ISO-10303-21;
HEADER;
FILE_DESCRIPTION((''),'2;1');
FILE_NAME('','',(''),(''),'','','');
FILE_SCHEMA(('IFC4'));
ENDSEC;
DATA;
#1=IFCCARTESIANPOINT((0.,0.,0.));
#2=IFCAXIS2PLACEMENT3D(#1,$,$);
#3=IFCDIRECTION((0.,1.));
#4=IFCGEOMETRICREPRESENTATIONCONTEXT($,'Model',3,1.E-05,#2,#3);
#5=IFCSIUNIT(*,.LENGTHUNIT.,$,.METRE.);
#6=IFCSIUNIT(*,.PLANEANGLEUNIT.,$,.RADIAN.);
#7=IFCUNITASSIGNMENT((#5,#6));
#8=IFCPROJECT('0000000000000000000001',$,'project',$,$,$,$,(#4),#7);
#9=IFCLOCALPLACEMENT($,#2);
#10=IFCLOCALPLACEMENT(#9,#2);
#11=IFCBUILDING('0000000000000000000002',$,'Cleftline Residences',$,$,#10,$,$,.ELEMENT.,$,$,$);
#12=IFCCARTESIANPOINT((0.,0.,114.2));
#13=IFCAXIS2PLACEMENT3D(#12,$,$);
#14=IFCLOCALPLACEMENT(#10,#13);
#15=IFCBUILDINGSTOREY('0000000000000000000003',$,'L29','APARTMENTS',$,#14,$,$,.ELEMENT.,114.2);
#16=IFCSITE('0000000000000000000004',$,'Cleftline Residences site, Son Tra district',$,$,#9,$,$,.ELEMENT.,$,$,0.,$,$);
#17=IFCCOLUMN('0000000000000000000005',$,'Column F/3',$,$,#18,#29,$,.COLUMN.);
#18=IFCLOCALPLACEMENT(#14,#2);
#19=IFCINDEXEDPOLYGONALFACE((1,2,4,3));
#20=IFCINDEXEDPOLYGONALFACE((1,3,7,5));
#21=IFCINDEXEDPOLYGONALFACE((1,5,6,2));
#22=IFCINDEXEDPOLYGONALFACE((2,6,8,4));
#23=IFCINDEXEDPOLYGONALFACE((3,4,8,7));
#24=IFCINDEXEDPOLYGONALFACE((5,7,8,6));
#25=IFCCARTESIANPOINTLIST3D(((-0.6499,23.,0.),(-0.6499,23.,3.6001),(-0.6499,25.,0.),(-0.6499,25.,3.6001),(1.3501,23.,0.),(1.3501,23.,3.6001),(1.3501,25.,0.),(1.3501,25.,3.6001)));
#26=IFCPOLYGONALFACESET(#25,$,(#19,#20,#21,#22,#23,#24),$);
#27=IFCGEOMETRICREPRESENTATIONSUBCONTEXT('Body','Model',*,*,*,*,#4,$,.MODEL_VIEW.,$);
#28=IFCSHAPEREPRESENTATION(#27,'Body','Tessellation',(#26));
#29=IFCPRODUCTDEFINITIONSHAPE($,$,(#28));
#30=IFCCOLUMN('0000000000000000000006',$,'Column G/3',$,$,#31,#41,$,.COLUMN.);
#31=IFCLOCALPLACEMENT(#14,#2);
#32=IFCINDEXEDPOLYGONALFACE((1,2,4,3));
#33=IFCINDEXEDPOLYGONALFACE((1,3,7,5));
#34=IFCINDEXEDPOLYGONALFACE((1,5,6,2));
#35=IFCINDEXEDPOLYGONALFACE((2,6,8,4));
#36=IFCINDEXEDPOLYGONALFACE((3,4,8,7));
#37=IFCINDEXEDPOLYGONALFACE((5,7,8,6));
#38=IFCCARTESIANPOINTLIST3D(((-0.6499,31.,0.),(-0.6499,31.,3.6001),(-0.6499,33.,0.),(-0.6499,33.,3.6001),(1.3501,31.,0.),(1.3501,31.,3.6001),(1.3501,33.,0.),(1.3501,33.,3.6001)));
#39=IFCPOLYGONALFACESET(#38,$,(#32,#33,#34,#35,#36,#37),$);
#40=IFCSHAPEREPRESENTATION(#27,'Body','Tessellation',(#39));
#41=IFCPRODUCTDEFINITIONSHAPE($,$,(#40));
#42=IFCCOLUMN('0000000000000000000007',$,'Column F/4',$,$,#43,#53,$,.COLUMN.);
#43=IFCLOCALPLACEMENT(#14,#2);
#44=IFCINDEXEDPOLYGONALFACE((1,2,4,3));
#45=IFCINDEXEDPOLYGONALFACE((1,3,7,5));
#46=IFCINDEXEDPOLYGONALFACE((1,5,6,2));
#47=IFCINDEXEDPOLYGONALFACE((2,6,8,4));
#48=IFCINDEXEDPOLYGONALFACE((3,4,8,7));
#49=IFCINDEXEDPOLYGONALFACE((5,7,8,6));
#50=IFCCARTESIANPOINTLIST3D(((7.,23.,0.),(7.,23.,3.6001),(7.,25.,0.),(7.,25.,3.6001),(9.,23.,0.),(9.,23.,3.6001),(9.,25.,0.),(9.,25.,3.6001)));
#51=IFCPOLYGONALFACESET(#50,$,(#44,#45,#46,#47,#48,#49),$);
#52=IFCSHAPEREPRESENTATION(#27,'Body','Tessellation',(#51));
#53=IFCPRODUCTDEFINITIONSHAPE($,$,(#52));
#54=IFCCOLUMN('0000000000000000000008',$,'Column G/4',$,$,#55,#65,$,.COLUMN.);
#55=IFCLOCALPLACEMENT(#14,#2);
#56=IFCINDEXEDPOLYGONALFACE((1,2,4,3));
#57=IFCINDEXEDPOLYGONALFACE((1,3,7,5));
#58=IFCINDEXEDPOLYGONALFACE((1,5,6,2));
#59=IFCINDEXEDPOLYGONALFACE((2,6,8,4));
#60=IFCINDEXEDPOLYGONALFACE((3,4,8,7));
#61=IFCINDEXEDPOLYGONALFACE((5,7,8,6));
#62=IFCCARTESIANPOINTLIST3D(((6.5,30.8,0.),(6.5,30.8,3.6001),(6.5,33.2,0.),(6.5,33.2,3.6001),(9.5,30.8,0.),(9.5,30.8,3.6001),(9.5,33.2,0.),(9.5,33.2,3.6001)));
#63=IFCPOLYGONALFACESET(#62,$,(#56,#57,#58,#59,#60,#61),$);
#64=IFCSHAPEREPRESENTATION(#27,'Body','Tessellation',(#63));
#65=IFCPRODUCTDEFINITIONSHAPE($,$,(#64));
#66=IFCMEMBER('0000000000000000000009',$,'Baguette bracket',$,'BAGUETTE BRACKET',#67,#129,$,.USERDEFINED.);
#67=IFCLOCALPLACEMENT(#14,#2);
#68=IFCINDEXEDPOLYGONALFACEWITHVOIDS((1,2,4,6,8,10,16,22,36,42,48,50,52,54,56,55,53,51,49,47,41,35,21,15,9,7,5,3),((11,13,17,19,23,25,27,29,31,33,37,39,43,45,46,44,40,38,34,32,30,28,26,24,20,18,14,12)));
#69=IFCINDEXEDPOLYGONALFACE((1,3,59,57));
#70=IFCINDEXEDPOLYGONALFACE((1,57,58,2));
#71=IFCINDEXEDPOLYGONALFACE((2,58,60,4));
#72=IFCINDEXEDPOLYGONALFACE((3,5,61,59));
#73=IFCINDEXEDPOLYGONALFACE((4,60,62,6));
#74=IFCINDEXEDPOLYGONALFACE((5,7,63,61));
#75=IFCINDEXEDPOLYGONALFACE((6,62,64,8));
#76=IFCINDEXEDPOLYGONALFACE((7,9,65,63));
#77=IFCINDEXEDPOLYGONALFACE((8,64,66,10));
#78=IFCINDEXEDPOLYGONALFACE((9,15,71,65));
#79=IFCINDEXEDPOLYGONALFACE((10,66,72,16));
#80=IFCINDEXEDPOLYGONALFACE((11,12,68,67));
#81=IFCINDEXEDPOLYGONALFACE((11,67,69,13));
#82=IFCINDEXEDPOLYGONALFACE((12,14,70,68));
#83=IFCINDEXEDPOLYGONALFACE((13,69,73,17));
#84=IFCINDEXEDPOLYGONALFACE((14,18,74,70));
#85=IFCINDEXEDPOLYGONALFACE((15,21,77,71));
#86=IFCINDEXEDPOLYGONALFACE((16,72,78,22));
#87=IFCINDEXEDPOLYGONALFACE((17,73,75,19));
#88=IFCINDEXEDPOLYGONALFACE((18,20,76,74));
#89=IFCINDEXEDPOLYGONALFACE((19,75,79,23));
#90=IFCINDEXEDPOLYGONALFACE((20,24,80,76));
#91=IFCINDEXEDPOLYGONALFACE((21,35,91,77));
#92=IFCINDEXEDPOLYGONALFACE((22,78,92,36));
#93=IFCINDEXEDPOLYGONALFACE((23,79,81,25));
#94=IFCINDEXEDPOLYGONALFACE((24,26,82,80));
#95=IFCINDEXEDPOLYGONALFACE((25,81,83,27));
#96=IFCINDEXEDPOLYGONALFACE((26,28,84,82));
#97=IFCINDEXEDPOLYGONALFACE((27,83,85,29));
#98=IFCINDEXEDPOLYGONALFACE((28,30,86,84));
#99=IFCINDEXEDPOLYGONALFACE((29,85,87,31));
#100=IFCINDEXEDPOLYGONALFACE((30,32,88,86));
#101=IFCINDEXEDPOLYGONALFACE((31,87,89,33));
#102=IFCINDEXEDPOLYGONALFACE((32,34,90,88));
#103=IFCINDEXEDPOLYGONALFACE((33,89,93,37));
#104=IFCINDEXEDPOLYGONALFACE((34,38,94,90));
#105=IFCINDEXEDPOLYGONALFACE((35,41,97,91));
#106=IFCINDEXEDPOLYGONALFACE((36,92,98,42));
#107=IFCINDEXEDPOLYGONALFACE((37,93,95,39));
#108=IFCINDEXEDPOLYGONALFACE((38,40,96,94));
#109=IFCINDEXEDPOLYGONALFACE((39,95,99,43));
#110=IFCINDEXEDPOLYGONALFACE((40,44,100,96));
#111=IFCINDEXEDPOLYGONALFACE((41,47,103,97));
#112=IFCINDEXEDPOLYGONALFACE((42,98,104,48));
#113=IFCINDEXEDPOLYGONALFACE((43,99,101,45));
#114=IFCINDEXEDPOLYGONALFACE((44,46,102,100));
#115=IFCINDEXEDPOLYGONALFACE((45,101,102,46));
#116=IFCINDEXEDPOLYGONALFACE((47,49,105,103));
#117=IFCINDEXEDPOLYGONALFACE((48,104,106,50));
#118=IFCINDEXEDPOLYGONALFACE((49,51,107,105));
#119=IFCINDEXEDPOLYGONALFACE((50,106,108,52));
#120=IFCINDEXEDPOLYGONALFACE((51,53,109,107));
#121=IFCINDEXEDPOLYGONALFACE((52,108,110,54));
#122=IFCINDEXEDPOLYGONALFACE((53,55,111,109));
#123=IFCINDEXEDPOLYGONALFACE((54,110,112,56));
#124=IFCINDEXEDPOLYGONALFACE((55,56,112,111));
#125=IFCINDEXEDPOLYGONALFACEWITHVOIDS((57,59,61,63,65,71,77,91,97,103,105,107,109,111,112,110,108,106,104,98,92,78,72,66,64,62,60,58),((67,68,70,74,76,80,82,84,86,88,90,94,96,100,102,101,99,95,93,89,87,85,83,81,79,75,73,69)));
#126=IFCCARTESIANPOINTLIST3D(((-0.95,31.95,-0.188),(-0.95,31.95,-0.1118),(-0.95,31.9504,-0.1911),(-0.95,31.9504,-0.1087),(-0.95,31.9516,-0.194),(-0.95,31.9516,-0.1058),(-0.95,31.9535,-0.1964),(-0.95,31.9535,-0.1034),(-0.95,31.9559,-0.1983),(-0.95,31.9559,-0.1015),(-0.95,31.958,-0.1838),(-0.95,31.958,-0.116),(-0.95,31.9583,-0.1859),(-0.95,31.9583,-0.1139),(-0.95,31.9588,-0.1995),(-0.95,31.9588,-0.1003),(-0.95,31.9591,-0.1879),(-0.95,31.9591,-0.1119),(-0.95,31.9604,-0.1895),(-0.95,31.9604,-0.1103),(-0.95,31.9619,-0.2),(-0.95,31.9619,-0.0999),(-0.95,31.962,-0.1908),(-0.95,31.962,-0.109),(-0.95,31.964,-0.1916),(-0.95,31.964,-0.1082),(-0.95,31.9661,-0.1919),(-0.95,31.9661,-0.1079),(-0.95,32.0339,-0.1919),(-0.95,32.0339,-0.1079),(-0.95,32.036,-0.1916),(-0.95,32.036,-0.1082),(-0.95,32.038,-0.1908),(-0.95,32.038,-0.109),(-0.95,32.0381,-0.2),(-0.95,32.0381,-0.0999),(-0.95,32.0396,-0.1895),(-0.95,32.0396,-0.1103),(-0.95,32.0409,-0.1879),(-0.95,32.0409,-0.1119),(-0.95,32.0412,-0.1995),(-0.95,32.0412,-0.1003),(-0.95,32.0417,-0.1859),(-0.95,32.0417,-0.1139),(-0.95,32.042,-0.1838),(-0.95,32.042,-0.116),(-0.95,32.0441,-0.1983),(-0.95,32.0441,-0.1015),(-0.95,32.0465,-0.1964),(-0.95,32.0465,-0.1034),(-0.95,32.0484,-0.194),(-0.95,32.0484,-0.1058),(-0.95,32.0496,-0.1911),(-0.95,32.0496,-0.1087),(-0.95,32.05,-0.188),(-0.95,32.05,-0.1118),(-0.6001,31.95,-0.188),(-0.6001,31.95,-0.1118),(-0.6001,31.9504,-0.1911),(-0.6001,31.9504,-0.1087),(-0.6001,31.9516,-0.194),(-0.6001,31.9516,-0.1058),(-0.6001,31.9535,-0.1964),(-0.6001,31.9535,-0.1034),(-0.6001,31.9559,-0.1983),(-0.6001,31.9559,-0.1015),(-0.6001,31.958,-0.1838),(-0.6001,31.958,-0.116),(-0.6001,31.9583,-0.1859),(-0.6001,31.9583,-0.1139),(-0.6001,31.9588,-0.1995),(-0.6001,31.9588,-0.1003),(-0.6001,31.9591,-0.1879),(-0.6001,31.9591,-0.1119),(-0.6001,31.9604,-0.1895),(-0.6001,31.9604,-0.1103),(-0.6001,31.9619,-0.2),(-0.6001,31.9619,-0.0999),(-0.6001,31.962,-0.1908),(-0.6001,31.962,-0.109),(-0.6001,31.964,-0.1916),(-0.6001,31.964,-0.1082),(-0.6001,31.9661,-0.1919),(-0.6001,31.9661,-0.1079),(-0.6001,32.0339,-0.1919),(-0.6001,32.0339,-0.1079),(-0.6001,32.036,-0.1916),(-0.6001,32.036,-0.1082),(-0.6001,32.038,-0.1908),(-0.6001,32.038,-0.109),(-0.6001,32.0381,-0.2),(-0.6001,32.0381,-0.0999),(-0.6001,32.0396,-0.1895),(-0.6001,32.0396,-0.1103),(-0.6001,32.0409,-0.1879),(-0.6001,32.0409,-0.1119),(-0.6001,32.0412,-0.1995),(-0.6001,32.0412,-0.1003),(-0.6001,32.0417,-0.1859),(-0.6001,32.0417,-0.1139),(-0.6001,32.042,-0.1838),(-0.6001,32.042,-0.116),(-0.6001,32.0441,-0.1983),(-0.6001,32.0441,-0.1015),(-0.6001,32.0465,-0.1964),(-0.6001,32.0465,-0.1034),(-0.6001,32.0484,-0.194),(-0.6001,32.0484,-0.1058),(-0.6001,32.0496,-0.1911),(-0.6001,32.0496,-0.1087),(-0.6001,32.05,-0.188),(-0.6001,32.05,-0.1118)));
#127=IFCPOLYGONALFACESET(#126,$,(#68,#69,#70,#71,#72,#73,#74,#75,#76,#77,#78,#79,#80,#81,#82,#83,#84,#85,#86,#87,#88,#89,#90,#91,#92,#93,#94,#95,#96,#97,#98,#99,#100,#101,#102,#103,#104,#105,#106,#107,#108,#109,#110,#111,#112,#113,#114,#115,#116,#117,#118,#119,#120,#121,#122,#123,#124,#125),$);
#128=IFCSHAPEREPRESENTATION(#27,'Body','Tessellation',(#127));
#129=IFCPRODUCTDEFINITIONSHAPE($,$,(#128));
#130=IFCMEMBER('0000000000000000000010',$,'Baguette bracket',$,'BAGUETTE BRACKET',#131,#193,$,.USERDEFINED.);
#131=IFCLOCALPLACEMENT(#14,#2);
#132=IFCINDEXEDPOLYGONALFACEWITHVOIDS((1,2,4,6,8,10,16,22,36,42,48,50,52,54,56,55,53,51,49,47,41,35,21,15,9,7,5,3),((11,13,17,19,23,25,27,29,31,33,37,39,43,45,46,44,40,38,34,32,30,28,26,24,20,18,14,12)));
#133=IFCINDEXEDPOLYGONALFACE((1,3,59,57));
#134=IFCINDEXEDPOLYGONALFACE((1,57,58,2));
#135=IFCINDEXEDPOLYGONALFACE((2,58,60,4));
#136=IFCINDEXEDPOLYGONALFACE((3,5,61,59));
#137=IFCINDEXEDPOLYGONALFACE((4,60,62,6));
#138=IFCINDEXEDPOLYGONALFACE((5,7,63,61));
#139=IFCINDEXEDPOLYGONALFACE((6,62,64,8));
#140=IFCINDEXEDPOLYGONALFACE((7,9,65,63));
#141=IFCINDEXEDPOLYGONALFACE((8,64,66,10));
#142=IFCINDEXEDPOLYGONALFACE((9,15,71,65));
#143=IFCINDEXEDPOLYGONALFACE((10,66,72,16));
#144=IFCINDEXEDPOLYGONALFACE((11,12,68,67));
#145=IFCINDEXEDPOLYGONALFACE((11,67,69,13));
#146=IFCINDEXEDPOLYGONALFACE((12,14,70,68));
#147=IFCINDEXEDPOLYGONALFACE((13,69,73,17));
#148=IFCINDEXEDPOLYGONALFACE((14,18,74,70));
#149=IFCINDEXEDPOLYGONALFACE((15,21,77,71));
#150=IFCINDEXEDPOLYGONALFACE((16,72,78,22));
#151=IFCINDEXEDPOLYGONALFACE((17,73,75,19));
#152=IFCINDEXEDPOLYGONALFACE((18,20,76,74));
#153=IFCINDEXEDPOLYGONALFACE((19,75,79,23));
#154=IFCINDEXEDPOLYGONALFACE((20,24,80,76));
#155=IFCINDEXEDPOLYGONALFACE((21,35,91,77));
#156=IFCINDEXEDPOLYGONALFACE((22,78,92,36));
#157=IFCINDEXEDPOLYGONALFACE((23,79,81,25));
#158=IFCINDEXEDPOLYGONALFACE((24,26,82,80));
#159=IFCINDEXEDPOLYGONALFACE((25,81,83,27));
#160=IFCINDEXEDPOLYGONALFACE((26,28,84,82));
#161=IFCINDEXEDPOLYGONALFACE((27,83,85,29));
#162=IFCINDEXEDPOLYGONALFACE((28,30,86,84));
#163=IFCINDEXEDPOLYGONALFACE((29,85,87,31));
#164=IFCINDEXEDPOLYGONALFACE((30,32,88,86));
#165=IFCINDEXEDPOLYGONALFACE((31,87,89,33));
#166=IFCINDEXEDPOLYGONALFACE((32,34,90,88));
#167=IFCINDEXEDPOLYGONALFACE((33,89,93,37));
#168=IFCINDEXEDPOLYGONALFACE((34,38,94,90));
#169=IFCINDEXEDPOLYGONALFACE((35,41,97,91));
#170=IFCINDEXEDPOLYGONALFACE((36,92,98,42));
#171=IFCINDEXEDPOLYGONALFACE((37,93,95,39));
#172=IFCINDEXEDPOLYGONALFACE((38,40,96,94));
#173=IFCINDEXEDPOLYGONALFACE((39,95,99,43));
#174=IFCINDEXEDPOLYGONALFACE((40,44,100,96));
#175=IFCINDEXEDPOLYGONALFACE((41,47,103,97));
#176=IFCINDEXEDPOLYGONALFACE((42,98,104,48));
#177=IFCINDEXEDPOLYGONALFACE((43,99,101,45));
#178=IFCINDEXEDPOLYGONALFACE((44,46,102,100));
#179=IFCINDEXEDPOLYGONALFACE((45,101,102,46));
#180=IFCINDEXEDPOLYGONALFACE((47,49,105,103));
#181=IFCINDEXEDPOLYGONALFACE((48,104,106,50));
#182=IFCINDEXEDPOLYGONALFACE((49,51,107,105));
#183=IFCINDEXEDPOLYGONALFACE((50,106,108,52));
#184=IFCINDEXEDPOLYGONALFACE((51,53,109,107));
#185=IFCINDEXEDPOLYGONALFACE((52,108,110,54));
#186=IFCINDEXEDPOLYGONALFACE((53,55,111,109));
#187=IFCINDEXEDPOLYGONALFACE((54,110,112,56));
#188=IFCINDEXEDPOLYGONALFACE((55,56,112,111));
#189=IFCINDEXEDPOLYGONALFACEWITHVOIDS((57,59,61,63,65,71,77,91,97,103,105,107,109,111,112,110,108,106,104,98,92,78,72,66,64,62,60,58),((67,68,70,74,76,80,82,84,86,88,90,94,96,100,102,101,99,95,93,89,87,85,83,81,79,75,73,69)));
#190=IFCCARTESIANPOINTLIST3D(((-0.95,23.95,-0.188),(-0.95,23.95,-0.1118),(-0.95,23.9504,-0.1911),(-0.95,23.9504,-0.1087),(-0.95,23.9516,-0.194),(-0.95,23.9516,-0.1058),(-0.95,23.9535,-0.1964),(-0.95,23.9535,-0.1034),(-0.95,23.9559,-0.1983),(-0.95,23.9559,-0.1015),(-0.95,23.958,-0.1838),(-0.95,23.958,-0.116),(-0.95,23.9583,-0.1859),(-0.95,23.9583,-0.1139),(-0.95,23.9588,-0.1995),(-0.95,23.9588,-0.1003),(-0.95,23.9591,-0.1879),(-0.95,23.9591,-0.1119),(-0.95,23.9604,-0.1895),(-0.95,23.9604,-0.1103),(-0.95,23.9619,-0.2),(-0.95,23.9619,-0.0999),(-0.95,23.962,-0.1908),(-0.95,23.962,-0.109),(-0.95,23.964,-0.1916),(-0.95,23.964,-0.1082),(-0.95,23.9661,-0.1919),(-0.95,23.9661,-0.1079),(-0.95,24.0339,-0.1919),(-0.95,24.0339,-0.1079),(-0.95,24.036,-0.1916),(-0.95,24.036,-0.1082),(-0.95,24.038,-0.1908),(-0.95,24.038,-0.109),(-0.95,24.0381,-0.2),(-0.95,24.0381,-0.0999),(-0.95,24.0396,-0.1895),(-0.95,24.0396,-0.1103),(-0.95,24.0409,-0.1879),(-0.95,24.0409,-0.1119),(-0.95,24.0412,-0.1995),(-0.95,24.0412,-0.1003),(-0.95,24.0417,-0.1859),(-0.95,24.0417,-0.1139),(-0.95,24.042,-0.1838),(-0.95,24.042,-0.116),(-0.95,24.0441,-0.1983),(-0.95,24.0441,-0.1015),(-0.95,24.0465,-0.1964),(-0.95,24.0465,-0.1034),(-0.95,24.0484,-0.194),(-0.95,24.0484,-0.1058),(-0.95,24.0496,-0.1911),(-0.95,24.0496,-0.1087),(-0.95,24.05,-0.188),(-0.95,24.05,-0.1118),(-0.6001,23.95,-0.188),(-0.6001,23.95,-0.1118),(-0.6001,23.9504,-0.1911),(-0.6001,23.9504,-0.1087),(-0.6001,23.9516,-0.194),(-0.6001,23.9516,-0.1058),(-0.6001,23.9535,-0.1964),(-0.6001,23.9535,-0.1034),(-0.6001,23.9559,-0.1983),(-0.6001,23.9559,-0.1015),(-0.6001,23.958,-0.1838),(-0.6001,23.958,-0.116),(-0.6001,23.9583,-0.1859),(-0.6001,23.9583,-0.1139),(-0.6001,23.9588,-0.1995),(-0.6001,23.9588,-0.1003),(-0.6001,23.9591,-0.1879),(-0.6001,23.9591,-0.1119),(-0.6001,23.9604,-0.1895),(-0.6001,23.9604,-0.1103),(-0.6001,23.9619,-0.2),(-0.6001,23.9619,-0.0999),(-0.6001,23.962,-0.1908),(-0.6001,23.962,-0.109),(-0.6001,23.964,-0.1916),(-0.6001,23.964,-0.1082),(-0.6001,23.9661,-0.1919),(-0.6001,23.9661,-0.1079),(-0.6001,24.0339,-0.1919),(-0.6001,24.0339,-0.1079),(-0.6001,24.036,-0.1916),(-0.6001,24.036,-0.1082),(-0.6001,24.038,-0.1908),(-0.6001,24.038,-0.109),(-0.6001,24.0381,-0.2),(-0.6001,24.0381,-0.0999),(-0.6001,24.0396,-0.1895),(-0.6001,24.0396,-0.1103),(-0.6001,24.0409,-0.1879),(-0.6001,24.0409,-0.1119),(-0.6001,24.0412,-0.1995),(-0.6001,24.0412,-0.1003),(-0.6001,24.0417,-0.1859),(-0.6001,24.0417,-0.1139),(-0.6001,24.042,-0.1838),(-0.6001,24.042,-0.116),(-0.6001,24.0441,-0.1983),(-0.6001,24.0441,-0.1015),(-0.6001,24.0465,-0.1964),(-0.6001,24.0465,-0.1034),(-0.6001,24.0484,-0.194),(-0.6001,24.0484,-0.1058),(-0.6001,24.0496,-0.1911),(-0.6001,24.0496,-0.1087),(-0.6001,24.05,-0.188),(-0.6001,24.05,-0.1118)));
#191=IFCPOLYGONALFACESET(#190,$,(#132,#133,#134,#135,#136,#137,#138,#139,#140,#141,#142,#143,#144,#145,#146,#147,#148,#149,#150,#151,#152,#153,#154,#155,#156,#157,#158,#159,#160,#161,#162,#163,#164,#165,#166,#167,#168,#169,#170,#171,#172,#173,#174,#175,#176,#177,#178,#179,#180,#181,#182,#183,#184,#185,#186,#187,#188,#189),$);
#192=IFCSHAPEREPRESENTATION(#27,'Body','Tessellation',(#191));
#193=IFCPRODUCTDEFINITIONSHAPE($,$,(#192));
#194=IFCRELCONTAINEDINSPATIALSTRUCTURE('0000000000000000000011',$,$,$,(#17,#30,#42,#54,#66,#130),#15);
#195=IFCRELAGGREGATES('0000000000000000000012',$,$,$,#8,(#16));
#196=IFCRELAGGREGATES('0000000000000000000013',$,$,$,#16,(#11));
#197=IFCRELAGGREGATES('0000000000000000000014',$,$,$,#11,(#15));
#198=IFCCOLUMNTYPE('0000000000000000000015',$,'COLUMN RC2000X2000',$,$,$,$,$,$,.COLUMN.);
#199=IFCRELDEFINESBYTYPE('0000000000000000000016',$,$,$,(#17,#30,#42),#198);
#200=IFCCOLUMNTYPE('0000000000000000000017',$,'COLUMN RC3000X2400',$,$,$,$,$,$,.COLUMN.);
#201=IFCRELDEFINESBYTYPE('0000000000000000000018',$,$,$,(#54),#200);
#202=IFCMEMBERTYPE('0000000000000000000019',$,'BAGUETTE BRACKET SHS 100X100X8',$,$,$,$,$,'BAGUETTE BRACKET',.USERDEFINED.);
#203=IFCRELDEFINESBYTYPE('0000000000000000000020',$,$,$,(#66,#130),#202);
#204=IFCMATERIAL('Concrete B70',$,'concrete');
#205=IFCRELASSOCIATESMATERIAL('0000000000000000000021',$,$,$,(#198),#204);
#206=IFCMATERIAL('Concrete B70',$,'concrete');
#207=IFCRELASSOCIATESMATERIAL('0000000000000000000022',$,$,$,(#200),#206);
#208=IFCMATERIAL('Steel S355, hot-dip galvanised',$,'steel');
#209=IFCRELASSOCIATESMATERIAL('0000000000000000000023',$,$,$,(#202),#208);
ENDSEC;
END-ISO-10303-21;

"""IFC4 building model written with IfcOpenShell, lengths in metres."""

from ifc_helpers import new_model, si_unit, direction, frame, origin, origin_2d, place, context, subcontext, project, spatial, rectangle, hollow_rectangle, extrude, material, material_profile, profile_set, type_object, element, save


model = new_model("IFC4")

# Units and contexts
model_context = context("Model", 3, precision=1e-05, world=origin(), true_north=direction((0.0, 1.0)))
body_context = subcontext(model_context, "Body", "Model", "MODEL_VIEW")
ifc_project = project(units=[si_unit("LENGTHUNIT", "METRE"), si_unit("PLANEANGLEUNIT", "RADIAN")], contexts=[model_context])

# Site, building, storey
site_placement = place(None, origin())
site = spatial("IfcSite", under=ifc_project, at=site_placement, Name="Cleftline Residences site, Son Tra district", CompositionType="ELEMENT", RefElevation=0.0)
building_placement = place(site_placement, origin())
building = spatial("IfcBuilding", under=site, at=building_placement, Name="Cleftline Residences", CompositionType="ELEMENT")
storey_placement = place(building_placement, frame((0.0, 0.0, 114.2)))
storey = spatial("IfcBuildingStorey", under=building, at=storey_placement, Name="L29", Description="APARTMENTS", CompositionType="ELEMENT", Elevation=114.2)

# Columns
ifc_material_1 = material(Name="Concrete B70", Category="concrete")
ifc_material_profile_1 = material_profile(ifc_material_1, rectangle(XDim=2.0, YDim=2.0, at=origin_2d()))
ifc_profile_set_1 = profile_set([ifc_material_profile_1], Name="Concrete B70")
column_type_1 = type_object("IfcColumnType", Name="COLUMN RC2000X2000", PredefinedType="COLUMN", material=ifc_profile_set_1)
for number, where, z_axis, x_axis, name in (
    (1, (0.3501, 24.0, 0.0), (0.0, 0.0, 1.0), (1.0, 0.0, 0.0), "Column F/3"),
    (2, (0.3501, 32.0, 0.0), (0.0, 0.0, 1.0), (1.0, 0.0, 0.0), "Column G/3"),
    (3, (8.0, 24.0, 0.0), (0.0, 0.0, 1.0), (1.0, 0.0, 0.0), "Column F/4"),
):
    element("IfcColumn", number, at=place(storey_placement, frame(where, z_axis=z_axis, x_axis=x_axis)), inside=storey, type_object=column_type_1, Name=name, PredefinedType="COLUMN", context=body_context, shape_type="SweptSolid", body=[
        extrude(rectangle(XDim=2.0, YDim=2.0, at=origin_2d()), origin(), (0.0, 0.0, 1.0), 3.6001),
    ])
ifc_material_2 = material(Name="Concrete B70", Category="concrete")
ifc_material_profile_2 = material_profile(ifc_material_2, rectangle(XDim=3.0, YDim=2.3999, at=origin_2d()))
ifc_profile_set_2 = profile_set([ifc_material_profile_2], Name="Concrete B70")
column_type_2 = type_object("IfcColumnType", Name="COLUMN RC3000X2400", PredefinedType="COLUMN", material=ifc_profile_set_2)
column_placement = place(storey_placement, frame((8.0, 32.0, 0.0), z_axis=(0.0, 0.0, 1.0), x_axis=(1.0, 0.0, 0.0)))
element("IfcColumn", 4, at=column_placement, inside=storey, type_object=column_type_2, Name="Column G/4", PredefinedType="COLUMN", context=body_context, shape_type="SweptSolid", body=[
    extrude(rectangle(XDim=3.0, YDim=2.3999, at=origin_2d()), origin(), (0.0, 0.0, 1.0), 3.6001),
])

# Members
ifc_material_3 = material(Name="Steel S355, hot-dip galvanised", Category="steel")
ifc_material_profile_3 = material_profile(ifc_material_3, hollow_rectangle(XDim=0.1001, YDim=0.1001, WallThickness=0.0081, InnerFilletRadius=0.0081, OuterFilletRadius=0.012, at=origin_2d()))
ifc_profile_set_3 = profile_set([ifc_material_profile_3], Name="Steel S355, hot-dip galvanised")
member_type_1 = type_object("IfcMemberType", Name="BAGUETTE BRACKET SHS 100X100X8", ElementType="BAGUETTE BRACKET", PredefinedType="USERDEFINED", material=ifc_profile_set_3)
for number, where, z_axis, x_axis, name in (
    (5, (-0.6001, 32.0, -0.1499), (-1.0, 0.0, 0.0), (0.0, -1.0, 0.0), "Baguette bracket"),
    (6, (-0.6001, 24.0, -0.1499), (-1.0, 0.0, 0.0), (0.0, -1.0, 0.0), "Baguette bracket"),
):
    element("IfcMember", number, at=place(storey_placement, frame(where, z_axis=z_axis, x_axis=x_axis)), inside=storey, type_object=member_type_1, Name=name, ObjectType="BAGUETTE BRACKET", PredefinedType="USERDEFINED", context=body_context, shape_type="SweptSolid", body=[
        extrude(hollow_rectangle(XDim=0.1001, YDim=0.1001, WallThickness=0.0081, InnerFilletRadius=0.0081, OuterFilletRadius=0.012, at=origin_2d()), origin(), (0.0, 0.0, 1.0), 0.3499),
    ])

save(model, "model.ifc")
